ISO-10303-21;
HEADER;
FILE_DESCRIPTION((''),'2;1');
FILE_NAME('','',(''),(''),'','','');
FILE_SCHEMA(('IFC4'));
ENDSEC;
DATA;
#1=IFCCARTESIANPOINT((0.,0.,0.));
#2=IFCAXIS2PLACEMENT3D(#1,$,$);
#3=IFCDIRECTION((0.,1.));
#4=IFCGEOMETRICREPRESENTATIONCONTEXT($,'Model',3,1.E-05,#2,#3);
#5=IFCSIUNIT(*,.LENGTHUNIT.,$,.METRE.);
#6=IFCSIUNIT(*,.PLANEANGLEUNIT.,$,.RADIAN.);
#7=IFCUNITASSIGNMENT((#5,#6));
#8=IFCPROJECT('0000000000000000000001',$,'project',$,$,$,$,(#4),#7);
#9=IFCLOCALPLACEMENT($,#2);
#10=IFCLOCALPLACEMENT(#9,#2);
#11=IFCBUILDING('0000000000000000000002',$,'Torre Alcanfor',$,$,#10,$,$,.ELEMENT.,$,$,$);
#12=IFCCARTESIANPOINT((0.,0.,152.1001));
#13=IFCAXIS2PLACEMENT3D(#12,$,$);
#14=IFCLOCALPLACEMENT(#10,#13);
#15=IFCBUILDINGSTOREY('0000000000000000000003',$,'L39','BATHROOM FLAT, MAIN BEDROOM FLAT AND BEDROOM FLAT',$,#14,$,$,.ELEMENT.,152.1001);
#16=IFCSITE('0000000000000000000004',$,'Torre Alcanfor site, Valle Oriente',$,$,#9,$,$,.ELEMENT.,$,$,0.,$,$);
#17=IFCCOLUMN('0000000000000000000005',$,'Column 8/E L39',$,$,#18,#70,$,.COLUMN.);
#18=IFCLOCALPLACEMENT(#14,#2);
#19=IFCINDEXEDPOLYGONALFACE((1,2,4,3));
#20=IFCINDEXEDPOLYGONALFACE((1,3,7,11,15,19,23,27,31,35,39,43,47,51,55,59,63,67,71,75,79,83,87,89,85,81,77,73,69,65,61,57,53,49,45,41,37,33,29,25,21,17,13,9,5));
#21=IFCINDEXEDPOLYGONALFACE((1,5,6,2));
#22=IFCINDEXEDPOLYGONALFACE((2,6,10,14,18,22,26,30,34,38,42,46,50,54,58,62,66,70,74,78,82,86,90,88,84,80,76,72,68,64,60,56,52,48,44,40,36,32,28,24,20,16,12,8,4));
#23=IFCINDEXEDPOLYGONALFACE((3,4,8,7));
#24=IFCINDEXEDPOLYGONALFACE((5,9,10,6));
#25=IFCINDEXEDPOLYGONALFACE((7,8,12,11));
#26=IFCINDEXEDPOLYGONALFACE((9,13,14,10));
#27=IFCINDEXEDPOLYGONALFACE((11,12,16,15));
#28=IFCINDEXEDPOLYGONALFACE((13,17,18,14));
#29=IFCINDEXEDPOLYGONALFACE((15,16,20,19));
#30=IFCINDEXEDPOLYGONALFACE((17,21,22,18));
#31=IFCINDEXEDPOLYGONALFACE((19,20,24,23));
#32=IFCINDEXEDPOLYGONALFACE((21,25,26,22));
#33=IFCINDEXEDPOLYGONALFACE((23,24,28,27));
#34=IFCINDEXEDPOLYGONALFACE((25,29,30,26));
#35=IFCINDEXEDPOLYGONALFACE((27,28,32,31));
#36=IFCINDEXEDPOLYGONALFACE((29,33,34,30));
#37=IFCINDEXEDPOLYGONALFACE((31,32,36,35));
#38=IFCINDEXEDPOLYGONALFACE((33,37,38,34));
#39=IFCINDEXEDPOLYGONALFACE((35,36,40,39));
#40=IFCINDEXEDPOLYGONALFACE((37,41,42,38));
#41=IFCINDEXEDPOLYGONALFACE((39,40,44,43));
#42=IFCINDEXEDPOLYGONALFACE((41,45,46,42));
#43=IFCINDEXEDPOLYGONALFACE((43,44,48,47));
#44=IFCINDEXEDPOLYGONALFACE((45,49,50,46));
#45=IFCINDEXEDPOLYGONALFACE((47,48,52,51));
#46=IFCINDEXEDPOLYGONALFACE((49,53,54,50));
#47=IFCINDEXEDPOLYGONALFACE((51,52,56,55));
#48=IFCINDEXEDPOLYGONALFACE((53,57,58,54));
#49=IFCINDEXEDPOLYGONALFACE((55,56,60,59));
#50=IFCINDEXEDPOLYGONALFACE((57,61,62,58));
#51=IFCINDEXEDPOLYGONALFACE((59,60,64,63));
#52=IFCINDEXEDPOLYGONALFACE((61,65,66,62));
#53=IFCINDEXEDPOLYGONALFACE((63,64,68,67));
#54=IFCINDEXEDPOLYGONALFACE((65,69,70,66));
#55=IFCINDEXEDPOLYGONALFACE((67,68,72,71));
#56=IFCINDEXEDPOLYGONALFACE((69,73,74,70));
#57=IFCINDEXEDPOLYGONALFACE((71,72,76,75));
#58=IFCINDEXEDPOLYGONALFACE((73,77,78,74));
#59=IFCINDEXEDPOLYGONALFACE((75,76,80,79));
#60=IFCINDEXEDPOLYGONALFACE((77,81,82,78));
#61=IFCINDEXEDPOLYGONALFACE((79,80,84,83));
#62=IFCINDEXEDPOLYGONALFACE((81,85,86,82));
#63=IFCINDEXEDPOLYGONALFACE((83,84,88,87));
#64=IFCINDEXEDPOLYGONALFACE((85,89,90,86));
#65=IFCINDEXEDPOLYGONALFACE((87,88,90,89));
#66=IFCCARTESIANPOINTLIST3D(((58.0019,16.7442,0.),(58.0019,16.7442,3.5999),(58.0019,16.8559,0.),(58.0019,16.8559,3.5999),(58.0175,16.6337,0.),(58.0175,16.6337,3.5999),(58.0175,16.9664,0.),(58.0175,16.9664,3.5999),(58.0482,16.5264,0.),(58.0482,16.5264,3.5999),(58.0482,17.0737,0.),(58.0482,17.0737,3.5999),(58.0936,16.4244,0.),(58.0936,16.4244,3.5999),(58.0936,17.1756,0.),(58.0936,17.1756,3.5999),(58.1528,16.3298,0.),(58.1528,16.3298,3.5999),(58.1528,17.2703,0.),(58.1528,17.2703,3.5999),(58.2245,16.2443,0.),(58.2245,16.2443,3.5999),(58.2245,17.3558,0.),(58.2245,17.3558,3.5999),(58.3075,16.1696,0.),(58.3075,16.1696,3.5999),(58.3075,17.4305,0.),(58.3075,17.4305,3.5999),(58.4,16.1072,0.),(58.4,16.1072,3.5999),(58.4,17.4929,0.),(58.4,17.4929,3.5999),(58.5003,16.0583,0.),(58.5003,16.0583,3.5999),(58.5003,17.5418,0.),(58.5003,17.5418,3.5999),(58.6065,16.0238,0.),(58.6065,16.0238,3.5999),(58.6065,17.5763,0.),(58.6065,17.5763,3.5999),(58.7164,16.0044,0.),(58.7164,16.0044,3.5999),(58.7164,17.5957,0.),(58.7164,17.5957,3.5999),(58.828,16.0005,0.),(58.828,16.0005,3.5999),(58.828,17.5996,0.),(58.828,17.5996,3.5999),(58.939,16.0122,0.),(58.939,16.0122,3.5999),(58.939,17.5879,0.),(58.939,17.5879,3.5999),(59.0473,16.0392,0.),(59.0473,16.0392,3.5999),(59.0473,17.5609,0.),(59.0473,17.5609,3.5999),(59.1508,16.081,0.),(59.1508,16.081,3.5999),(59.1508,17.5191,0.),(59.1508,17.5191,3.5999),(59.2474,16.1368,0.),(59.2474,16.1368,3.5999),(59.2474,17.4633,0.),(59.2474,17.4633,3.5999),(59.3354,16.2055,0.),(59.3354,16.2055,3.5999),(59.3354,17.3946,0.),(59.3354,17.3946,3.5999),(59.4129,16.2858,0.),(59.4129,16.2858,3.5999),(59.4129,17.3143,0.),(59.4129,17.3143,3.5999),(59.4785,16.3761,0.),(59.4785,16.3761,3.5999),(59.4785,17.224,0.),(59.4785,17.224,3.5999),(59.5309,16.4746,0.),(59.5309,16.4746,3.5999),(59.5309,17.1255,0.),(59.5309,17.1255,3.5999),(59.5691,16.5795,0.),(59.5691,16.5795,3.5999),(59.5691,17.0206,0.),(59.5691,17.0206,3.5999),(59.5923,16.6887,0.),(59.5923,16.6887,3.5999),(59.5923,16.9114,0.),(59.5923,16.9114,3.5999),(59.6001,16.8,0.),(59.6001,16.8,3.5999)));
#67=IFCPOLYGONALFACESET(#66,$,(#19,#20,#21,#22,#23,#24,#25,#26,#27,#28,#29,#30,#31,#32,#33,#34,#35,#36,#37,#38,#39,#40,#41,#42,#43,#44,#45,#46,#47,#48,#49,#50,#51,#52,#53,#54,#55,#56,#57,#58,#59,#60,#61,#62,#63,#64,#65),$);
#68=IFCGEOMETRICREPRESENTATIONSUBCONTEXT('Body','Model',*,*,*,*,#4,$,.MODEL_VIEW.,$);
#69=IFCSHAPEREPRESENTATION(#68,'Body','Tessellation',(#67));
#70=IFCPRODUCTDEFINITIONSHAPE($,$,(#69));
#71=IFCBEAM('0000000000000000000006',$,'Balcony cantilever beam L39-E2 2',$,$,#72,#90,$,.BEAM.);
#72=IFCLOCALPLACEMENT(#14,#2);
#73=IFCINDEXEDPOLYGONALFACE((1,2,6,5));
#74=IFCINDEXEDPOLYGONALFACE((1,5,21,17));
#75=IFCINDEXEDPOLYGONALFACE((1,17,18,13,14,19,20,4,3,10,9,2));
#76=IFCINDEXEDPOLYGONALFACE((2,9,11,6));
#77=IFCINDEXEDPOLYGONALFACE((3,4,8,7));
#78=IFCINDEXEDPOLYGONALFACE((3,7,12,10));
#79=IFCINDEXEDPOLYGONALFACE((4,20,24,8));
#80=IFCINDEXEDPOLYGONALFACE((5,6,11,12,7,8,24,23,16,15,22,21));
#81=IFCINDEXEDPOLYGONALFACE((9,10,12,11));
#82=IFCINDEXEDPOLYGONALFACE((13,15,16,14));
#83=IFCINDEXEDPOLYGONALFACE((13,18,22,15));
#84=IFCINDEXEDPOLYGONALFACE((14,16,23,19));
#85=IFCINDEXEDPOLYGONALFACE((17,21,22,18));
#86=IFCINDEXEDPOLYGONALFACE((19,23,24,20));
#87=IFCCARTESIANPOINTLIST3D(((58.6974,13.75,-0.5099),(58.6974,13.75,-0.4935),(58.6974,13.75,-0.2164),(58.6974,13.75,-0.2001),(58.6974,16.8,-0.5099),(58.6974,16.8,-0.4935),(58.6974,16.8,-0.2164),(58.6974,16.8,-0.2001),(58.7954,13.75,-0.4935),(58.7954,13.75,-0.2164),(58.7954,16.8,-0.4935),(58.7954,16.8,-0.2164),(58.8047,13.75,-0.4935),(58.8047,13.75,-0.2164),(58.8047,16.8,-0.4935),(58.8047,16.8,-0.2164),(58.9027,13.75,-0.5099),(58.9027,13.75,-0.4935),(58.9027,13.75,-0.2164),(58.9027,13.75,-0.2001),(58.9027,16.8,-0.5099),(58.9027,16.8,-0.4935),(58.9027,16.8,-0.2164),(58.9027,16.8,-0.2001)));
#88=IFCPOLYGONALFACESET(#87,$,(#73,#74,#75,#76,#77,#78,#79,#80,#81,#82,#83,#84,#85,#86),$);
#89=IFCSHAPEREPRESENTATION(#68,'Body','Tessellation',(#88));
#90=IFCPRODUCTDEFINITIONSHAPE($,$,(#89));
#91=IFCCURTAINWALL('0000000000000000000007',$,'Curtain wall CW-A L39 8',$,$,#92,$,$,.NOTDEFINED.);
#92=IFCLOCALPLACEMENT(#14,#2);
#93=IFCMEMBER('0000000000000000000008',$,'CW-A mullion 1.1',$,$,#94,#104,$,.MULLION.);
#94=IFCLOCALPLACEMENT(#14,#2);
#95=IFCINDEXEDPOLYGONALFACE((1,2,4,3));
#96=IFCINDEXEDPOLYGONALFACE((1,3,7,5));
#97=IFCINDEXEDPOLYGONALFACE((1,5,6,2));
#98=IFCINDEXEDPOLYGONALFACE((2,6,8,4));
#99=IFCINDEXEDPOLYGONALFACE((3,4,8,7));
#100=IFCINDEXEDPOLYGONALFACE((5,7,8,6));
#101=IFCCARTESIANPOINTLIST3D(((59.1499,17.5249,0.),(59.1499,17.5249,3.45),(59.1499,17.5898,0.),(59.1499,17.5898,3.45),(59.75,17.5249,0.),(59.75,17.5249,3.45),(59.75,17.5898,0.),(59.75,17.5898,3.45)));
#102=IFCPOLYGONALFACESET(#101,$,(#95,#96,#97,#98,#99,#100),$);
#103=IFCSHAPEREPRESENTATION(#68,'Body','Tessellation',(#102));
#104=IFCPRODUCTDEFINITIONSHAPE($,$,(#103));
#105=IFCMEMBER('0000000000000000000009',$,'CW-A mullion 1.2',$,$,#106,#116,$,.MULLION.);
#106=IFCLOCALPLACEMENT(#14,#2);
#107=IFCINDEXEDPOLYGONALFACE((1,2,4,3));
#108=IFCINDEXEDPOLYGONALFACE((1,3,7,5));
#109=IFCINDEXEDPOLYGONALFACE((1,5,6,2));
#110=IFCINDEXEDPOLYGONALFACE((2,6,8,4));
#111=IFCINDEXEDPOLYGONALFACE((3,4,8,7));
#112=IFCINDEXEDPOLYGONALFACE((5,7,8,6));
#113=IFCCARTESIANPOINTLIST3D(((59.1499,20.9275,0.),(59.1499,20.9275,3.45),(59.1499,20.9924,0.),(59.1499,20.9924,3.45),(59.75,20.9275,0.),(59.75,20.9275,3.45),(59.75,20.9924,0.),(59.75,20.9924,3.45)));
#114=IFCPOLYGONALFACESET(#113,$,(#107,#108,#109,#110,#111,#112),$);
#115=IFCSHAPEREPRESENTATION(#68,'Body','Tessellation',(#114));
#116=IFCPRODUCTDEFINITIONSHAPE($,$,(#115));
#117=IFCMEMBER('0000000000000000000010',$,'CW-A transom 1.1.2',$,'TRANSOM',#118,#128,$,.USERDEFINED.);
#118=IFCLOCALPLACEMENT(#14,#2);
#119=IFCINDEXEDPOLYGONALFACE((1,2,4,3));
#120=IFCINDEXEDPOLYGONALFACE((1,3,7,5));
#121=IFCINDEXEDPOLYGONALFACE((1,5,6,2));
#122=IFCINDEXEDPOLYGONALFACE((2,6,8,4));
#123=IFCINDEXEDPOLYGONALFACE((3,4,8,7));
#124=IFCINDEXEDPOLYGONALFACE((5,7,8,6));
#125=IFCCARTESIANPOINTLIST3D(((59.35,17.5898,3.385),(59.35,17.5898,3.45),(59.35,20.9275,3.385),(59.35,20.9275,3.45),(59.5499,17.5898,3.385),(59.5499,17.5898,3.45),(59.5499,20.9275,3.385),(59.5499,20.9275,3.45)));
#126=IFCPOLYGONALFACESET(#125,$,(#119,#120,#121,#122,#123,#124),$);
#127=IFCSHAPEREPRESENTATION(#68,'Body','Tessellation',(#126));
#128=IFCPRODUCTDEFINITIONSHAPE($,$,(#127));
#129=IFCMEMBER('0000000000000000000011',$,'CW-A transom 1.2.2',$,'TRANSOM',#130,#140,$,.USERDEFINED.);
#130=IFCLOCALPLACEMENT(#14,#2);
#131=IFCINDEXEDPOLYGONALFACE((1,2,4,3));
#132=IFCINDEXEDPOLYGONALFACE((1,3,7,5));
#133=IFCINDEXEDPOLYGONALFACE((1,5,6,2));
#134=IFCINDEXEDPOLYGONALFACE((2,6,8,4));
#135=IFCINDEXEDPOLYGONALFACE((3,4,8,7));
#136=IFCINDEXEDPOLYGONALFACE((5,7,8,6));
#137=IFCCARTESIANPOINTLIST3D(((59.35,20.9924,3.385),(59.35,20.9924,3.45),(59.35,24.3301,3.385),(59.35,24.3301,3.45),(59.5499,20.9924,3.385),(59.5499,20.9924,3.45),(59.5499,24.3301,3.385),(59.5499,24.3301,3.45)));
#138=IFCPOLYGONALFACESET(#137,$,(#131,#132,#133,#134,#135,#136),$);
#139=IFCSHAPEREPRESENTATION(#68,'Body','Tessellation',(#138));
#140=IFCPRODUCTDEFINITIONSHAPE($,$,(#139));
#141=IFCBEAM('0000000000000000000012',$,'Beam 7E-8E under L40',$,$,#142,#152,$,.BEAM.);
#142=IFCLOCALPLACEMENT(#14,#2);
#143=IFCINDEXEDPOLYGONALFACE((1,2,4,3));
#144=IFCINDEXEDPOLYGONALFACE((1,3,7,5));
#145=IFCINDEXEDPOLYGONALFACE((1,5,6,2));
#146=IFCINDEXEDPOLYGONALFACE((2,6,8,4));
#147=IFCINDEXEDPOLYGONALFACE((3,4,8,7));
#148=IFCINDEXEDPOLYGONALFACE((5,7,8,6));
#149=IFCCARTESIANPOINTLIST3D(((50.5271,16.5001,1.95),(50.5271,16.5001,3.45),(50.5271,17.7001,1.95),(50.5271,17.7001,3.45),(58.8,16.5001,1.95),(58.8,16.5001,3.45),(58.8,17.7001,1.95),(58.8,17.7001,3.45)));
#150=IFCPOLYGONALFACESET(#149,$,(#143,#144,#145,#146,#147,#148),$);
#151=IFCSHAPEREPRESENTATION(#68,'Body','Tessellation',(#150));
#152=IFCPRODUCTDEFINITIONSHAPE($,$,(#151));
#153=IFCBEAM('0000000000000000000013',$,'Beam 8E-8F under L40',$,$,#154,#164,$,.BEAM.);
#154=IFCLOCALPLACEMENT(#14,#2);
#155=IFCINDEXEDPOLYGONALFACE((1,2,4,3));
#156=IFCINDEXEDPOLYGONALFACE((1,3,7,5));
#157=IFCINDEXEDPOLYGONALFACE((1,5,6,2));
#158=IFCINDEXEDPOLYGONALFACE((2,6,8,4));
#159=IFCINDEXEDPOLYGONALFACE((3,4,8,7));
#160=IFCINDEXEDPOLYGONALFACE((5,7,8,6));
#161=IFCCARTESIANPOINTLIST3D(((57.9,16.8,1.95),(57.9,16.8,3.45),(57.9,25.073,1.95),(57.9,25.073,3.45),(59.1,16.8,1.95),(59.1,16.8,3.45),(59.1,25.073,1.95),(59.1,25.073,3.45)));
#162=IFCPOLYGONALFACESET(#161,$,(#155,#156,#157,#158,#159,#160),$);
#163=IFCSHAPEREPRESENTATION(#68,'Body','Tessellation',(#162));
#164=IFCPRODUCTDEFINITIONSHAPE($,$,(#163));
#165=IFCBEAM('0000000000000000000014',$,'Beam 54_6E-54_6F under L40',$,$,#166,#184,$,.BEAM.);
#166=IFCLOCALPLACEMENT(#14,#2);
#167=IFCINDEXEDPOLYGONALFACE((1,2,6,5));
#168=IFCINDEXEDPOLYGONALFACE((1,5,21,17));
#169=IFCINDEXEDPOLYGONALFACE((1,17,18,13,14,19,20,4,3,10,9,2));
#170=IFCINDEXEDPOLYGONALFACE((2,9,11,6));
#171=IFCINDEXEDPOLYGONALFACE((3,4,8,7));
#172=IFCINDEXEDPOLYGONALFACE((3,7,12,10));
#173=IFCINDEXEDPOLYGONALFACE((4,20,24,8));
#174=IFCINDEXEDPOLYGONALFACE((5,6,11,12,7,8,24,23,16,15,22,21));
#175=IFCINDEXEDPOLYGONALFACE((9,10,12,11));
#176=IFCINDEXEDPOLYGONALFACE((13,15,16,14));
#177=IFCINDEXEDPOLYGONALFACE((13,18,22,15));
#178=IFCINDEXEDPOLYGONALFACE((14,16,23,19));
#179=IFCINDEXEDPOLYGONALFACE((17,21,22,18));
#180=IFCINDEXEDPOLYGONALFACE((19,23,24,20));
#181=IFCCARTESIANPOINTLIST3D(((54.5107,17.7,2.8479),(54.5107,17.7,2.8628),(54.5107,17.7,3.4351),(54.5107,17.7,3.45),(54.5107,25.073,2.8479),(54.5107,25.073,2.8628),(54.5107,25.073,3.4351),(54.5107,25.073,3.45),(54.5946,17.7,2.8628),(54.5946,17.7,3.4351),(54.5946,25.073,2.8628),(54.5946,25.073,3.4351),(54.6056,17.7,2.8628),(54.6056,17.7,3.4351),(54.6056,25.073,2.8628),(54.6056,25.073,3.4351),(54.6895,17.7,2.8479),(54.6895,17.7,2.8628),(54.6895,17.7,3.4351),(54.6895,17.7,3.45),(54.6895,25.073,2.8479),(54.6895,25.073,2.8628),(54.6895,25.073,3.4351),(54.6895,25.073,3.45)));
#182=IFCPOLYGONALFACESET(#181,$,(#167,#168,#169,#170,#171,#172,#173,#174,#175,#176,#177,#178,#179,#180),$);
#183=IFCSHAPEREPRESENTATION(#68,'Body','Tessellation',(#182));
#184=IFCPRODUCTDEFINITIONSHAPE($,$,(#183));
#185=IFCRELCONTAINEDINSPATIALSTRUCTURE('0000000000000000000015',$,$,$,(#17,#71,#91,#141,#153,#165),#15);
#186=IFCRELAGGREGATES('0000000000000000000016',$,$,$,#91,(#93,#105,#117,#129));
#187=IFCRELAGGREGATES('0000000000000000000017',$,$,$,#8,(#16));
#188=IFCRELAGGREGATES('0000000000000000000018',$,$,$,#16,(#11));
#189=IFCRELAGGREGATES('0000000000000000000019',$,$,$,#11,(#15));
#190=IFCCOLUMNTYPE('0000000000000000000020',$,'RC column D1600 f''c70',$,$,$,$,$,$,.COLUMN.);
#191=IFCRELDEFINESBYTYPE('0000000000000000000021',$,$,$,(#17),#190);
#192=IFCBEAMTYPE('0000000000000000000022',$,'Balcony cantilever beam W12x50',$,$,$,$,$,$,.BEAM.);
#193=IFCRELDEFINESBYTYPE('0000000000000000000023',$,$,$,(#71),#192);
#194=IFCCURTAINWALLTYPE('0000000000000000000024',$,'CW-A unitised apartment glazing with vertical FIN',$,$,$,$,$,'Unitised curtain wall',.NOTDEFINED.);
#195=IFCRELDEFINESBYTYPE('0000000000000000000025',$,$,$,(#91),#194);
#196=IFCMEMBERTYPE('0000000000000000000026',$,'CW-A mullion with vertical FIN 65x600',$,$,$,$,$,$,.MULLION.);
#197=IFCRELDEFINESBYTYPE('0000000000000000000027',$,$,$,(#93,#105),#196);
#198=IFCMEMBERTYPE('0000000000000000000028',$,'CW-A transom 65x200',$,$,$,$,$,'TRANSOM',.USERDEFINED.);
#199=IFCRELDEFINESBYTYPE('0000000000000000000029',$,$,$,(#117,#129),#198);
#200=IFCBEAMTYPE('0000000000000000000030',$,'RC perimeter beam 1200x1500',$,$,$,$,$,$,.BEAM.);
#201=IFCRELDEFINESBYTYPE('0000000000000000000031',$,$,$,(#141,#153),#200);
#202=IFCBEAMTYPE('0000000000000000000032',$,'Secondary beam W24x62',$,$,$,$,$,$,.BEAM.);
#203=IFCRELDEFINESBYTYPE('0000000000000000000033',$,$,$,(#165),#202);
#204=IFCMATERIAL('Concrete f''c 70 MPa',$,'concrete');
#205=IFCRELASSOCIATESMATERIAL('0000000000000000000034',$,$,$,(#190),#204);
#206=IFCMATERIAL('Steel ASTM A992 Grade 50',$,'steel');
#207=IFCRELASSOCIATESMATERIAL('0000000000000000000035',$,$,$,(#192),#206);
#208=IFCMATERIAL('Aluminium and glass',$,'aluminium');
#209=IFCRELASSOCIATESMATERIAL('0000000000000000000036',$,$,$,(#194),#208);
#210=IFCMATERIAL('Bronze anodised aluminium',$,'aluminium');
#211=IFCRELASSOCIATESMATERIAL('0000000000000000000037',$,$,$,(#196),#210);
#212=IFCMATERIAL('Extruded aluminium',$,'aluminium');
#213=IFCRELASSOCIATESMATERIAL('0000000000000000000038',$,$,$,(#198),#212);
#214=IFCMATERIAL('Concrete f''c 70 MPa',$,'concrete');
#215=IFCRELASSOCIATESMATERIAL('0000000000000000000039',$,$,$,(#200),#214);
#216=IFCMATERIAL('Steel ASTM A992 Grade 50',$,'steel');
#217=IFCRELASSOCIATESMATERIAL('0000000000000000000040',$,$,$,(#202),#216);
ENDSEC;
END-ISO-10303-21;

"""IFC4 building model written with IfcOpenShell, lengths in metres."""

from ifc_helpers import new_model, si_unit, direction, frame, origin, origin_2d, place, context, subcontext, project, spatial, rectangle, circle, i_section, extrude, material, material_profile, profile_set, type_object, element, aggregate, save


model = new_model("IFC4")

# Units and contexts
model_context = context("Model", 3, precision=1e-05, world=origin(), true_north=direction((0.0, 1.0)))
body_context = subcontext(model_context, "Body", "Model", "MODEL_VIEW")
ifc_project = project(units=[si_unit("LENGTHUNIT", "METRE"), si_unit("PLANEANGLEUNIT", "RADIAN")], contexts=[model_context])

# Site, building, storey
site_placement = place(None, origin())
site = spatial("IfcSite", under=ifc_project, at=site_placement, Name="Torre Alcanfor site, Valle Oriente", CompositionType="ELEMENT", RefElevation=0.0)
building_placement = place(site_placement, origin())
building = spatial("IfcBuilding", under=site, at=building_placement, Name="Torre Alcanfor", CompositionType="ELEMENT")
storey_placement = place(building_placement, frame((0.0, 0.0, 152.1001)))
storey = spatial("IfcBuildingStorey", under=building, at=storey_placement, Name="L39", Description="BATHROOM FLAT, MAIN BEDROOM FLAT AND BEDROOM FLAT", CompositionType="ELEMENT", Elevation=152.1001)

# Column
ifc_material_1 = material(Name="Concrete f'c 70 MPa", Category="concrete")
ifc_material_profile_1 = material_profile(ifc_material_1, circle(Radius=0.8, at=origin_2d()), Name="D1600")
ifc_profile_set_1 = profile_set([ifc_material_profile_1], Name="Concrete f'c 70 MPa")
column_type = type_object("IfcColumnType", Name="RC column D1600 f'c70", PredefinedType="COLUMN", material=ifc_profile_set_1)
column_placement = place(storey_placement, frame((58.8, 16.8, 0.0), z_axis=(0.0, 0.0, 1.0), x_axis=(1.0, 0.0, 0.0)))
element("IfcColumn", 1, at=column_placement, inside=storey, type_object=column_type, Name="Column 8/E L39", PredefinedType="COLUMN", context=body_context, shape_type="SweptSolid", body=[
    extrude(circle(Radius=0.8, at=origin_2d()), origin(), (0.0, 0.0, 1.0), 3.5999),
])

# Beam
ifc_material_2 = material(Name="Steel ASTM A992 Grade 50", Category="steel")
ifc_material_profile_2 = material_profile(ifc_material_2, i_section(OverallWidth=0.2053, OverallDepth=0.3098, WebThickness=0.0093, FlangeThickness=0.0164, at=origin_2d()), Name="W12x50")
ifc_profile_set_2 = profile_set([ifc_material_profile_2], Name="Steel ASTM A992 Grade 50")
beam_type_1 = type_object("IfcBeamType", Name="Balcony cantilever beam W12x50", PredefinedType="BEAM", material=ifc_profile_set_2)
beam_1_placement = place(storey_placement, frame((58.8, 16.8, -0.355), z_axis=(0.0, -1.0, 0.0), x_axis=(1.0, 0.0, 0.0)))
element("IfcBeam", 2, at=beam_1_placement, inside=storey, type_object=beam_type_1, Name="Balcony cantilever beam L39-E2 2", PredefinedType="BEAM", context=body_context, shape_type="SweptSolid", body=[
    extrude(i_section(OverallWidth=0.2053, OverallDepth=0.3098, WebThickness=0.0093, FlangeThickness=0.0164, at=origin_2d()), origin(), (0.0, 0.0, 1.0), 3.05),
])

# Curtain wall, members
ifc_material_3 = material(Name="Aluminium and glass", Category="aluminium")
curtain_wall_type = type_object("IfcCurtainWallType", Name="CW-A unitised apartment glazing with vertical FIN", ElementType="Unitised curtain wall", PredefinedType="NOTDEFINED", material=ifc_material_3)
curtain_wall_placement = place(storey_placement, origin())
curtain_wall = element("IfcCurtainWall", 3, at=curtain_wall_placement, inside=storey, type_object=curtain_wall_type, Name="Curtain wall CW-A L39 8", PredefinedType="NOTDEFINED")
ifc_material_4 = material(Name="Bronze anodised aluminium", Category="aluminium")
ifc_material_profile_3 = material_profile(ifc_material_4, rectangle(XDim=0.6001, YDim=0.0649, at=origin_2d()), Name="CW-A mullion 65x600")
ifc_profile_set_3 = profile_set([ifc_material_profile_3], Name="Bronze anodised aluminium")
member_type_1 = type_object("IfcMemberType", Name="CW-A mullion with vertical FIN 65x600", PredefinedType="MULLION", material=ifc_profile_set_3)
member_1_placement = place(storey_placement, frame((59.45, 17.5574, 0.0), z_axis=(0.0, 0.0, 1.0), x_axis=(-1.0, 0.0, 0.0)))
member_1 = element("IfcMember", 4, at=member_1_placement, type_object=member_type_1, Name="CW-A mullion 1.1", PredefinedType="MULLION", context=body_context, shape_type="SweptSolid", body=[
    extrude(rectangle(XDim=0.6001, YDim=0.0649, at=origin_2d()), origin(), (0.0, 0.0, 1.0), 3.45),
])
member_2_placement = place(storey_placement, frame((59.45, 20.96, 0.0), z_axis=(0.0, 0.0, 1.0), x_axis=(-1.0, 0.0, 0.0)))
member_2 = element("IfcMember", 5, at=member_2_placement, type_object=member_type_1, Name="CW-A mullion 1.2", PredefinedType="MULLION", context=body_context, shape_type="SweptSolid", body=[
    extrude(rectangle(XDim=0.6001, YDim=0.0649, at=origin_2d()), origin(), (0.0, 0.0, 1.0), 3.45),
])
ifc_material_5 = material(Name="Extruded aluminium", Category="aluminium")
ifc_material_profile_4 = material_profile(ifc_material_5, rectangle(XDim=0.2, YDim=0.0649, at=origin_2d()), Name="CW-A transom 200x65")
ifc_profile_set_4 = profile_set([ifc_material_profile_4], Name="Extruded aluminium")
member_type_2 = type_object("IfcMemberType", Name="CW-A transom 65x200", ElementType="TRANSOM", PredefinedType="USERDEFINED", material=ifc_profile_set_4)
member_3_placement = place(storey_placement, frame((59.45, 17.5898, 3.4175), z_axis=(0.0, 1.0, 0.0), x_axis=(-1.0, 0.0, 0.0)))
member_3 = element("IfcMember", 6, at=member_3_placement, type_object=member_type_2, Name="CW-A transom 1.1.2", ObjectType="TRANSOM", PredefinedType="USERDEFINED", context=body_context, shape_type="SweptSolid", body=[
    extrude(rectangle(XDim=0.2, YDim=0.0649, at=origin_2d()), origin(), (0.0, 0.0, 1.0), 3.3376),
])
member_4_placement = place(storey_placement, frame((59.45, 20.9924, 3.4175), z_axis=(0.0, 1.0, 0.0), x_axis=(-1.0, 0.0, 0.0)))
member_4 = element("IfcMember", 7, at=member_4_placement, type_object=member_type_2, Name="CW-A transom 1.2.2", ObjectType="TRANSOM", PredefinedType="USERDEFINED", context=body_context, shape_type="SweptSolid", body=[
    extrude(rectangle(XDim=0.2, YDim=0.0649, at=origin_2d()), origin(), (0.0, 0.0, 1.0), 3.3376),
])

# Beams
ifc_material_6 = material(Name="Concrete f'c 70 MPa", Category="concrete")
ifc_material_profile_5 = material_profile(ifc_material_6, rectangle(XDim=1.2, YDim=1.5, at=origin_2d()), Name="1200x1500")
ifc_profile_set_5 = profile_set([ifc_material_profile_5], Name="Concrete f'c 70 MPa")
beam_type_2 = type_object("IfcBeamType", Name="RC perimeter beam 1200x1500", PredefinedType="BEAM", material=ifc_profile_set_5)
for number, where, z_axis, x_axis, name in (
    (8, (50.5271, 17.1001, 2.7), (1.0, 0.0, 0.0), (0.0, 1.0, 0.0), "Beam 7E-8E under L40"),
    (9, (58.5, 16.8, 2.7), (0.0, 1.0, 0.0), (-1.0, 0.0, 0.0), "Beam 8E-8F under L40"),
):
    element("IfcBeam", number, at=place(storey_placement, frame(where, z_axis=z_axis, x_axis=x_axis)), inside=storey, type_object=beam_type_2, Name=name, PredefinedType="BEAM", context=body_context, shape_type="SweptSolid", body=[
        extrude(rectangle(XDim=1.2, YDim=1.5, at=origin_2d()), origin(), (0.0, 0.0, 1.0), 8.2729),
    ])
ifc_material_7 = material(Name="Steel ASTM A992 Grade 50", Category="steel")
ifc_material_profile_6 = material_profile(ifc_material_7, i_section(OverallWidth=0.1787, OverallDepth=0.6021, WebThickness=0.011, FlangeThickness=0.0149, at=origin_2d()), Name="W24x62")
ifc_profile_set_6 = profile_set([ifc_material_profile_6], Name="Steel ASTM A992 Grade 50")
beam_type_3 = type_object("IfcBeamType", Name="Secondary beam W24x62", PredefinedType="BEAM", material=ifc_profile_set_6)
beam_2_placement = place(storey_placement, frame((54.6001, 17.7, 3.1489), z_axis=(0.0, 1.0, 0.0), x_axis=(-1.0, 0.0, 0.0)))
element("IfcBeam", 10, at=beam_2_placement, inside=storey, type_object=beam_type_3, Name="Beam 54_6E-54_6F under L40", PredefinedType="BEAM", context=body_context, shape_type="SweptSolid", body=[
    extrude(i_section(OverallWidth=0.1787, OverallDepth=0.6021, WebThickness=0.011, FlangeThickness=0.0149, at=origin_2d()), origin(), (0.0, 0.0, 1.0), 7.373),
])

aggregate(curtain_wall, [member_1, member_2, member_3, member_4])

save(model, "model.ifc")
